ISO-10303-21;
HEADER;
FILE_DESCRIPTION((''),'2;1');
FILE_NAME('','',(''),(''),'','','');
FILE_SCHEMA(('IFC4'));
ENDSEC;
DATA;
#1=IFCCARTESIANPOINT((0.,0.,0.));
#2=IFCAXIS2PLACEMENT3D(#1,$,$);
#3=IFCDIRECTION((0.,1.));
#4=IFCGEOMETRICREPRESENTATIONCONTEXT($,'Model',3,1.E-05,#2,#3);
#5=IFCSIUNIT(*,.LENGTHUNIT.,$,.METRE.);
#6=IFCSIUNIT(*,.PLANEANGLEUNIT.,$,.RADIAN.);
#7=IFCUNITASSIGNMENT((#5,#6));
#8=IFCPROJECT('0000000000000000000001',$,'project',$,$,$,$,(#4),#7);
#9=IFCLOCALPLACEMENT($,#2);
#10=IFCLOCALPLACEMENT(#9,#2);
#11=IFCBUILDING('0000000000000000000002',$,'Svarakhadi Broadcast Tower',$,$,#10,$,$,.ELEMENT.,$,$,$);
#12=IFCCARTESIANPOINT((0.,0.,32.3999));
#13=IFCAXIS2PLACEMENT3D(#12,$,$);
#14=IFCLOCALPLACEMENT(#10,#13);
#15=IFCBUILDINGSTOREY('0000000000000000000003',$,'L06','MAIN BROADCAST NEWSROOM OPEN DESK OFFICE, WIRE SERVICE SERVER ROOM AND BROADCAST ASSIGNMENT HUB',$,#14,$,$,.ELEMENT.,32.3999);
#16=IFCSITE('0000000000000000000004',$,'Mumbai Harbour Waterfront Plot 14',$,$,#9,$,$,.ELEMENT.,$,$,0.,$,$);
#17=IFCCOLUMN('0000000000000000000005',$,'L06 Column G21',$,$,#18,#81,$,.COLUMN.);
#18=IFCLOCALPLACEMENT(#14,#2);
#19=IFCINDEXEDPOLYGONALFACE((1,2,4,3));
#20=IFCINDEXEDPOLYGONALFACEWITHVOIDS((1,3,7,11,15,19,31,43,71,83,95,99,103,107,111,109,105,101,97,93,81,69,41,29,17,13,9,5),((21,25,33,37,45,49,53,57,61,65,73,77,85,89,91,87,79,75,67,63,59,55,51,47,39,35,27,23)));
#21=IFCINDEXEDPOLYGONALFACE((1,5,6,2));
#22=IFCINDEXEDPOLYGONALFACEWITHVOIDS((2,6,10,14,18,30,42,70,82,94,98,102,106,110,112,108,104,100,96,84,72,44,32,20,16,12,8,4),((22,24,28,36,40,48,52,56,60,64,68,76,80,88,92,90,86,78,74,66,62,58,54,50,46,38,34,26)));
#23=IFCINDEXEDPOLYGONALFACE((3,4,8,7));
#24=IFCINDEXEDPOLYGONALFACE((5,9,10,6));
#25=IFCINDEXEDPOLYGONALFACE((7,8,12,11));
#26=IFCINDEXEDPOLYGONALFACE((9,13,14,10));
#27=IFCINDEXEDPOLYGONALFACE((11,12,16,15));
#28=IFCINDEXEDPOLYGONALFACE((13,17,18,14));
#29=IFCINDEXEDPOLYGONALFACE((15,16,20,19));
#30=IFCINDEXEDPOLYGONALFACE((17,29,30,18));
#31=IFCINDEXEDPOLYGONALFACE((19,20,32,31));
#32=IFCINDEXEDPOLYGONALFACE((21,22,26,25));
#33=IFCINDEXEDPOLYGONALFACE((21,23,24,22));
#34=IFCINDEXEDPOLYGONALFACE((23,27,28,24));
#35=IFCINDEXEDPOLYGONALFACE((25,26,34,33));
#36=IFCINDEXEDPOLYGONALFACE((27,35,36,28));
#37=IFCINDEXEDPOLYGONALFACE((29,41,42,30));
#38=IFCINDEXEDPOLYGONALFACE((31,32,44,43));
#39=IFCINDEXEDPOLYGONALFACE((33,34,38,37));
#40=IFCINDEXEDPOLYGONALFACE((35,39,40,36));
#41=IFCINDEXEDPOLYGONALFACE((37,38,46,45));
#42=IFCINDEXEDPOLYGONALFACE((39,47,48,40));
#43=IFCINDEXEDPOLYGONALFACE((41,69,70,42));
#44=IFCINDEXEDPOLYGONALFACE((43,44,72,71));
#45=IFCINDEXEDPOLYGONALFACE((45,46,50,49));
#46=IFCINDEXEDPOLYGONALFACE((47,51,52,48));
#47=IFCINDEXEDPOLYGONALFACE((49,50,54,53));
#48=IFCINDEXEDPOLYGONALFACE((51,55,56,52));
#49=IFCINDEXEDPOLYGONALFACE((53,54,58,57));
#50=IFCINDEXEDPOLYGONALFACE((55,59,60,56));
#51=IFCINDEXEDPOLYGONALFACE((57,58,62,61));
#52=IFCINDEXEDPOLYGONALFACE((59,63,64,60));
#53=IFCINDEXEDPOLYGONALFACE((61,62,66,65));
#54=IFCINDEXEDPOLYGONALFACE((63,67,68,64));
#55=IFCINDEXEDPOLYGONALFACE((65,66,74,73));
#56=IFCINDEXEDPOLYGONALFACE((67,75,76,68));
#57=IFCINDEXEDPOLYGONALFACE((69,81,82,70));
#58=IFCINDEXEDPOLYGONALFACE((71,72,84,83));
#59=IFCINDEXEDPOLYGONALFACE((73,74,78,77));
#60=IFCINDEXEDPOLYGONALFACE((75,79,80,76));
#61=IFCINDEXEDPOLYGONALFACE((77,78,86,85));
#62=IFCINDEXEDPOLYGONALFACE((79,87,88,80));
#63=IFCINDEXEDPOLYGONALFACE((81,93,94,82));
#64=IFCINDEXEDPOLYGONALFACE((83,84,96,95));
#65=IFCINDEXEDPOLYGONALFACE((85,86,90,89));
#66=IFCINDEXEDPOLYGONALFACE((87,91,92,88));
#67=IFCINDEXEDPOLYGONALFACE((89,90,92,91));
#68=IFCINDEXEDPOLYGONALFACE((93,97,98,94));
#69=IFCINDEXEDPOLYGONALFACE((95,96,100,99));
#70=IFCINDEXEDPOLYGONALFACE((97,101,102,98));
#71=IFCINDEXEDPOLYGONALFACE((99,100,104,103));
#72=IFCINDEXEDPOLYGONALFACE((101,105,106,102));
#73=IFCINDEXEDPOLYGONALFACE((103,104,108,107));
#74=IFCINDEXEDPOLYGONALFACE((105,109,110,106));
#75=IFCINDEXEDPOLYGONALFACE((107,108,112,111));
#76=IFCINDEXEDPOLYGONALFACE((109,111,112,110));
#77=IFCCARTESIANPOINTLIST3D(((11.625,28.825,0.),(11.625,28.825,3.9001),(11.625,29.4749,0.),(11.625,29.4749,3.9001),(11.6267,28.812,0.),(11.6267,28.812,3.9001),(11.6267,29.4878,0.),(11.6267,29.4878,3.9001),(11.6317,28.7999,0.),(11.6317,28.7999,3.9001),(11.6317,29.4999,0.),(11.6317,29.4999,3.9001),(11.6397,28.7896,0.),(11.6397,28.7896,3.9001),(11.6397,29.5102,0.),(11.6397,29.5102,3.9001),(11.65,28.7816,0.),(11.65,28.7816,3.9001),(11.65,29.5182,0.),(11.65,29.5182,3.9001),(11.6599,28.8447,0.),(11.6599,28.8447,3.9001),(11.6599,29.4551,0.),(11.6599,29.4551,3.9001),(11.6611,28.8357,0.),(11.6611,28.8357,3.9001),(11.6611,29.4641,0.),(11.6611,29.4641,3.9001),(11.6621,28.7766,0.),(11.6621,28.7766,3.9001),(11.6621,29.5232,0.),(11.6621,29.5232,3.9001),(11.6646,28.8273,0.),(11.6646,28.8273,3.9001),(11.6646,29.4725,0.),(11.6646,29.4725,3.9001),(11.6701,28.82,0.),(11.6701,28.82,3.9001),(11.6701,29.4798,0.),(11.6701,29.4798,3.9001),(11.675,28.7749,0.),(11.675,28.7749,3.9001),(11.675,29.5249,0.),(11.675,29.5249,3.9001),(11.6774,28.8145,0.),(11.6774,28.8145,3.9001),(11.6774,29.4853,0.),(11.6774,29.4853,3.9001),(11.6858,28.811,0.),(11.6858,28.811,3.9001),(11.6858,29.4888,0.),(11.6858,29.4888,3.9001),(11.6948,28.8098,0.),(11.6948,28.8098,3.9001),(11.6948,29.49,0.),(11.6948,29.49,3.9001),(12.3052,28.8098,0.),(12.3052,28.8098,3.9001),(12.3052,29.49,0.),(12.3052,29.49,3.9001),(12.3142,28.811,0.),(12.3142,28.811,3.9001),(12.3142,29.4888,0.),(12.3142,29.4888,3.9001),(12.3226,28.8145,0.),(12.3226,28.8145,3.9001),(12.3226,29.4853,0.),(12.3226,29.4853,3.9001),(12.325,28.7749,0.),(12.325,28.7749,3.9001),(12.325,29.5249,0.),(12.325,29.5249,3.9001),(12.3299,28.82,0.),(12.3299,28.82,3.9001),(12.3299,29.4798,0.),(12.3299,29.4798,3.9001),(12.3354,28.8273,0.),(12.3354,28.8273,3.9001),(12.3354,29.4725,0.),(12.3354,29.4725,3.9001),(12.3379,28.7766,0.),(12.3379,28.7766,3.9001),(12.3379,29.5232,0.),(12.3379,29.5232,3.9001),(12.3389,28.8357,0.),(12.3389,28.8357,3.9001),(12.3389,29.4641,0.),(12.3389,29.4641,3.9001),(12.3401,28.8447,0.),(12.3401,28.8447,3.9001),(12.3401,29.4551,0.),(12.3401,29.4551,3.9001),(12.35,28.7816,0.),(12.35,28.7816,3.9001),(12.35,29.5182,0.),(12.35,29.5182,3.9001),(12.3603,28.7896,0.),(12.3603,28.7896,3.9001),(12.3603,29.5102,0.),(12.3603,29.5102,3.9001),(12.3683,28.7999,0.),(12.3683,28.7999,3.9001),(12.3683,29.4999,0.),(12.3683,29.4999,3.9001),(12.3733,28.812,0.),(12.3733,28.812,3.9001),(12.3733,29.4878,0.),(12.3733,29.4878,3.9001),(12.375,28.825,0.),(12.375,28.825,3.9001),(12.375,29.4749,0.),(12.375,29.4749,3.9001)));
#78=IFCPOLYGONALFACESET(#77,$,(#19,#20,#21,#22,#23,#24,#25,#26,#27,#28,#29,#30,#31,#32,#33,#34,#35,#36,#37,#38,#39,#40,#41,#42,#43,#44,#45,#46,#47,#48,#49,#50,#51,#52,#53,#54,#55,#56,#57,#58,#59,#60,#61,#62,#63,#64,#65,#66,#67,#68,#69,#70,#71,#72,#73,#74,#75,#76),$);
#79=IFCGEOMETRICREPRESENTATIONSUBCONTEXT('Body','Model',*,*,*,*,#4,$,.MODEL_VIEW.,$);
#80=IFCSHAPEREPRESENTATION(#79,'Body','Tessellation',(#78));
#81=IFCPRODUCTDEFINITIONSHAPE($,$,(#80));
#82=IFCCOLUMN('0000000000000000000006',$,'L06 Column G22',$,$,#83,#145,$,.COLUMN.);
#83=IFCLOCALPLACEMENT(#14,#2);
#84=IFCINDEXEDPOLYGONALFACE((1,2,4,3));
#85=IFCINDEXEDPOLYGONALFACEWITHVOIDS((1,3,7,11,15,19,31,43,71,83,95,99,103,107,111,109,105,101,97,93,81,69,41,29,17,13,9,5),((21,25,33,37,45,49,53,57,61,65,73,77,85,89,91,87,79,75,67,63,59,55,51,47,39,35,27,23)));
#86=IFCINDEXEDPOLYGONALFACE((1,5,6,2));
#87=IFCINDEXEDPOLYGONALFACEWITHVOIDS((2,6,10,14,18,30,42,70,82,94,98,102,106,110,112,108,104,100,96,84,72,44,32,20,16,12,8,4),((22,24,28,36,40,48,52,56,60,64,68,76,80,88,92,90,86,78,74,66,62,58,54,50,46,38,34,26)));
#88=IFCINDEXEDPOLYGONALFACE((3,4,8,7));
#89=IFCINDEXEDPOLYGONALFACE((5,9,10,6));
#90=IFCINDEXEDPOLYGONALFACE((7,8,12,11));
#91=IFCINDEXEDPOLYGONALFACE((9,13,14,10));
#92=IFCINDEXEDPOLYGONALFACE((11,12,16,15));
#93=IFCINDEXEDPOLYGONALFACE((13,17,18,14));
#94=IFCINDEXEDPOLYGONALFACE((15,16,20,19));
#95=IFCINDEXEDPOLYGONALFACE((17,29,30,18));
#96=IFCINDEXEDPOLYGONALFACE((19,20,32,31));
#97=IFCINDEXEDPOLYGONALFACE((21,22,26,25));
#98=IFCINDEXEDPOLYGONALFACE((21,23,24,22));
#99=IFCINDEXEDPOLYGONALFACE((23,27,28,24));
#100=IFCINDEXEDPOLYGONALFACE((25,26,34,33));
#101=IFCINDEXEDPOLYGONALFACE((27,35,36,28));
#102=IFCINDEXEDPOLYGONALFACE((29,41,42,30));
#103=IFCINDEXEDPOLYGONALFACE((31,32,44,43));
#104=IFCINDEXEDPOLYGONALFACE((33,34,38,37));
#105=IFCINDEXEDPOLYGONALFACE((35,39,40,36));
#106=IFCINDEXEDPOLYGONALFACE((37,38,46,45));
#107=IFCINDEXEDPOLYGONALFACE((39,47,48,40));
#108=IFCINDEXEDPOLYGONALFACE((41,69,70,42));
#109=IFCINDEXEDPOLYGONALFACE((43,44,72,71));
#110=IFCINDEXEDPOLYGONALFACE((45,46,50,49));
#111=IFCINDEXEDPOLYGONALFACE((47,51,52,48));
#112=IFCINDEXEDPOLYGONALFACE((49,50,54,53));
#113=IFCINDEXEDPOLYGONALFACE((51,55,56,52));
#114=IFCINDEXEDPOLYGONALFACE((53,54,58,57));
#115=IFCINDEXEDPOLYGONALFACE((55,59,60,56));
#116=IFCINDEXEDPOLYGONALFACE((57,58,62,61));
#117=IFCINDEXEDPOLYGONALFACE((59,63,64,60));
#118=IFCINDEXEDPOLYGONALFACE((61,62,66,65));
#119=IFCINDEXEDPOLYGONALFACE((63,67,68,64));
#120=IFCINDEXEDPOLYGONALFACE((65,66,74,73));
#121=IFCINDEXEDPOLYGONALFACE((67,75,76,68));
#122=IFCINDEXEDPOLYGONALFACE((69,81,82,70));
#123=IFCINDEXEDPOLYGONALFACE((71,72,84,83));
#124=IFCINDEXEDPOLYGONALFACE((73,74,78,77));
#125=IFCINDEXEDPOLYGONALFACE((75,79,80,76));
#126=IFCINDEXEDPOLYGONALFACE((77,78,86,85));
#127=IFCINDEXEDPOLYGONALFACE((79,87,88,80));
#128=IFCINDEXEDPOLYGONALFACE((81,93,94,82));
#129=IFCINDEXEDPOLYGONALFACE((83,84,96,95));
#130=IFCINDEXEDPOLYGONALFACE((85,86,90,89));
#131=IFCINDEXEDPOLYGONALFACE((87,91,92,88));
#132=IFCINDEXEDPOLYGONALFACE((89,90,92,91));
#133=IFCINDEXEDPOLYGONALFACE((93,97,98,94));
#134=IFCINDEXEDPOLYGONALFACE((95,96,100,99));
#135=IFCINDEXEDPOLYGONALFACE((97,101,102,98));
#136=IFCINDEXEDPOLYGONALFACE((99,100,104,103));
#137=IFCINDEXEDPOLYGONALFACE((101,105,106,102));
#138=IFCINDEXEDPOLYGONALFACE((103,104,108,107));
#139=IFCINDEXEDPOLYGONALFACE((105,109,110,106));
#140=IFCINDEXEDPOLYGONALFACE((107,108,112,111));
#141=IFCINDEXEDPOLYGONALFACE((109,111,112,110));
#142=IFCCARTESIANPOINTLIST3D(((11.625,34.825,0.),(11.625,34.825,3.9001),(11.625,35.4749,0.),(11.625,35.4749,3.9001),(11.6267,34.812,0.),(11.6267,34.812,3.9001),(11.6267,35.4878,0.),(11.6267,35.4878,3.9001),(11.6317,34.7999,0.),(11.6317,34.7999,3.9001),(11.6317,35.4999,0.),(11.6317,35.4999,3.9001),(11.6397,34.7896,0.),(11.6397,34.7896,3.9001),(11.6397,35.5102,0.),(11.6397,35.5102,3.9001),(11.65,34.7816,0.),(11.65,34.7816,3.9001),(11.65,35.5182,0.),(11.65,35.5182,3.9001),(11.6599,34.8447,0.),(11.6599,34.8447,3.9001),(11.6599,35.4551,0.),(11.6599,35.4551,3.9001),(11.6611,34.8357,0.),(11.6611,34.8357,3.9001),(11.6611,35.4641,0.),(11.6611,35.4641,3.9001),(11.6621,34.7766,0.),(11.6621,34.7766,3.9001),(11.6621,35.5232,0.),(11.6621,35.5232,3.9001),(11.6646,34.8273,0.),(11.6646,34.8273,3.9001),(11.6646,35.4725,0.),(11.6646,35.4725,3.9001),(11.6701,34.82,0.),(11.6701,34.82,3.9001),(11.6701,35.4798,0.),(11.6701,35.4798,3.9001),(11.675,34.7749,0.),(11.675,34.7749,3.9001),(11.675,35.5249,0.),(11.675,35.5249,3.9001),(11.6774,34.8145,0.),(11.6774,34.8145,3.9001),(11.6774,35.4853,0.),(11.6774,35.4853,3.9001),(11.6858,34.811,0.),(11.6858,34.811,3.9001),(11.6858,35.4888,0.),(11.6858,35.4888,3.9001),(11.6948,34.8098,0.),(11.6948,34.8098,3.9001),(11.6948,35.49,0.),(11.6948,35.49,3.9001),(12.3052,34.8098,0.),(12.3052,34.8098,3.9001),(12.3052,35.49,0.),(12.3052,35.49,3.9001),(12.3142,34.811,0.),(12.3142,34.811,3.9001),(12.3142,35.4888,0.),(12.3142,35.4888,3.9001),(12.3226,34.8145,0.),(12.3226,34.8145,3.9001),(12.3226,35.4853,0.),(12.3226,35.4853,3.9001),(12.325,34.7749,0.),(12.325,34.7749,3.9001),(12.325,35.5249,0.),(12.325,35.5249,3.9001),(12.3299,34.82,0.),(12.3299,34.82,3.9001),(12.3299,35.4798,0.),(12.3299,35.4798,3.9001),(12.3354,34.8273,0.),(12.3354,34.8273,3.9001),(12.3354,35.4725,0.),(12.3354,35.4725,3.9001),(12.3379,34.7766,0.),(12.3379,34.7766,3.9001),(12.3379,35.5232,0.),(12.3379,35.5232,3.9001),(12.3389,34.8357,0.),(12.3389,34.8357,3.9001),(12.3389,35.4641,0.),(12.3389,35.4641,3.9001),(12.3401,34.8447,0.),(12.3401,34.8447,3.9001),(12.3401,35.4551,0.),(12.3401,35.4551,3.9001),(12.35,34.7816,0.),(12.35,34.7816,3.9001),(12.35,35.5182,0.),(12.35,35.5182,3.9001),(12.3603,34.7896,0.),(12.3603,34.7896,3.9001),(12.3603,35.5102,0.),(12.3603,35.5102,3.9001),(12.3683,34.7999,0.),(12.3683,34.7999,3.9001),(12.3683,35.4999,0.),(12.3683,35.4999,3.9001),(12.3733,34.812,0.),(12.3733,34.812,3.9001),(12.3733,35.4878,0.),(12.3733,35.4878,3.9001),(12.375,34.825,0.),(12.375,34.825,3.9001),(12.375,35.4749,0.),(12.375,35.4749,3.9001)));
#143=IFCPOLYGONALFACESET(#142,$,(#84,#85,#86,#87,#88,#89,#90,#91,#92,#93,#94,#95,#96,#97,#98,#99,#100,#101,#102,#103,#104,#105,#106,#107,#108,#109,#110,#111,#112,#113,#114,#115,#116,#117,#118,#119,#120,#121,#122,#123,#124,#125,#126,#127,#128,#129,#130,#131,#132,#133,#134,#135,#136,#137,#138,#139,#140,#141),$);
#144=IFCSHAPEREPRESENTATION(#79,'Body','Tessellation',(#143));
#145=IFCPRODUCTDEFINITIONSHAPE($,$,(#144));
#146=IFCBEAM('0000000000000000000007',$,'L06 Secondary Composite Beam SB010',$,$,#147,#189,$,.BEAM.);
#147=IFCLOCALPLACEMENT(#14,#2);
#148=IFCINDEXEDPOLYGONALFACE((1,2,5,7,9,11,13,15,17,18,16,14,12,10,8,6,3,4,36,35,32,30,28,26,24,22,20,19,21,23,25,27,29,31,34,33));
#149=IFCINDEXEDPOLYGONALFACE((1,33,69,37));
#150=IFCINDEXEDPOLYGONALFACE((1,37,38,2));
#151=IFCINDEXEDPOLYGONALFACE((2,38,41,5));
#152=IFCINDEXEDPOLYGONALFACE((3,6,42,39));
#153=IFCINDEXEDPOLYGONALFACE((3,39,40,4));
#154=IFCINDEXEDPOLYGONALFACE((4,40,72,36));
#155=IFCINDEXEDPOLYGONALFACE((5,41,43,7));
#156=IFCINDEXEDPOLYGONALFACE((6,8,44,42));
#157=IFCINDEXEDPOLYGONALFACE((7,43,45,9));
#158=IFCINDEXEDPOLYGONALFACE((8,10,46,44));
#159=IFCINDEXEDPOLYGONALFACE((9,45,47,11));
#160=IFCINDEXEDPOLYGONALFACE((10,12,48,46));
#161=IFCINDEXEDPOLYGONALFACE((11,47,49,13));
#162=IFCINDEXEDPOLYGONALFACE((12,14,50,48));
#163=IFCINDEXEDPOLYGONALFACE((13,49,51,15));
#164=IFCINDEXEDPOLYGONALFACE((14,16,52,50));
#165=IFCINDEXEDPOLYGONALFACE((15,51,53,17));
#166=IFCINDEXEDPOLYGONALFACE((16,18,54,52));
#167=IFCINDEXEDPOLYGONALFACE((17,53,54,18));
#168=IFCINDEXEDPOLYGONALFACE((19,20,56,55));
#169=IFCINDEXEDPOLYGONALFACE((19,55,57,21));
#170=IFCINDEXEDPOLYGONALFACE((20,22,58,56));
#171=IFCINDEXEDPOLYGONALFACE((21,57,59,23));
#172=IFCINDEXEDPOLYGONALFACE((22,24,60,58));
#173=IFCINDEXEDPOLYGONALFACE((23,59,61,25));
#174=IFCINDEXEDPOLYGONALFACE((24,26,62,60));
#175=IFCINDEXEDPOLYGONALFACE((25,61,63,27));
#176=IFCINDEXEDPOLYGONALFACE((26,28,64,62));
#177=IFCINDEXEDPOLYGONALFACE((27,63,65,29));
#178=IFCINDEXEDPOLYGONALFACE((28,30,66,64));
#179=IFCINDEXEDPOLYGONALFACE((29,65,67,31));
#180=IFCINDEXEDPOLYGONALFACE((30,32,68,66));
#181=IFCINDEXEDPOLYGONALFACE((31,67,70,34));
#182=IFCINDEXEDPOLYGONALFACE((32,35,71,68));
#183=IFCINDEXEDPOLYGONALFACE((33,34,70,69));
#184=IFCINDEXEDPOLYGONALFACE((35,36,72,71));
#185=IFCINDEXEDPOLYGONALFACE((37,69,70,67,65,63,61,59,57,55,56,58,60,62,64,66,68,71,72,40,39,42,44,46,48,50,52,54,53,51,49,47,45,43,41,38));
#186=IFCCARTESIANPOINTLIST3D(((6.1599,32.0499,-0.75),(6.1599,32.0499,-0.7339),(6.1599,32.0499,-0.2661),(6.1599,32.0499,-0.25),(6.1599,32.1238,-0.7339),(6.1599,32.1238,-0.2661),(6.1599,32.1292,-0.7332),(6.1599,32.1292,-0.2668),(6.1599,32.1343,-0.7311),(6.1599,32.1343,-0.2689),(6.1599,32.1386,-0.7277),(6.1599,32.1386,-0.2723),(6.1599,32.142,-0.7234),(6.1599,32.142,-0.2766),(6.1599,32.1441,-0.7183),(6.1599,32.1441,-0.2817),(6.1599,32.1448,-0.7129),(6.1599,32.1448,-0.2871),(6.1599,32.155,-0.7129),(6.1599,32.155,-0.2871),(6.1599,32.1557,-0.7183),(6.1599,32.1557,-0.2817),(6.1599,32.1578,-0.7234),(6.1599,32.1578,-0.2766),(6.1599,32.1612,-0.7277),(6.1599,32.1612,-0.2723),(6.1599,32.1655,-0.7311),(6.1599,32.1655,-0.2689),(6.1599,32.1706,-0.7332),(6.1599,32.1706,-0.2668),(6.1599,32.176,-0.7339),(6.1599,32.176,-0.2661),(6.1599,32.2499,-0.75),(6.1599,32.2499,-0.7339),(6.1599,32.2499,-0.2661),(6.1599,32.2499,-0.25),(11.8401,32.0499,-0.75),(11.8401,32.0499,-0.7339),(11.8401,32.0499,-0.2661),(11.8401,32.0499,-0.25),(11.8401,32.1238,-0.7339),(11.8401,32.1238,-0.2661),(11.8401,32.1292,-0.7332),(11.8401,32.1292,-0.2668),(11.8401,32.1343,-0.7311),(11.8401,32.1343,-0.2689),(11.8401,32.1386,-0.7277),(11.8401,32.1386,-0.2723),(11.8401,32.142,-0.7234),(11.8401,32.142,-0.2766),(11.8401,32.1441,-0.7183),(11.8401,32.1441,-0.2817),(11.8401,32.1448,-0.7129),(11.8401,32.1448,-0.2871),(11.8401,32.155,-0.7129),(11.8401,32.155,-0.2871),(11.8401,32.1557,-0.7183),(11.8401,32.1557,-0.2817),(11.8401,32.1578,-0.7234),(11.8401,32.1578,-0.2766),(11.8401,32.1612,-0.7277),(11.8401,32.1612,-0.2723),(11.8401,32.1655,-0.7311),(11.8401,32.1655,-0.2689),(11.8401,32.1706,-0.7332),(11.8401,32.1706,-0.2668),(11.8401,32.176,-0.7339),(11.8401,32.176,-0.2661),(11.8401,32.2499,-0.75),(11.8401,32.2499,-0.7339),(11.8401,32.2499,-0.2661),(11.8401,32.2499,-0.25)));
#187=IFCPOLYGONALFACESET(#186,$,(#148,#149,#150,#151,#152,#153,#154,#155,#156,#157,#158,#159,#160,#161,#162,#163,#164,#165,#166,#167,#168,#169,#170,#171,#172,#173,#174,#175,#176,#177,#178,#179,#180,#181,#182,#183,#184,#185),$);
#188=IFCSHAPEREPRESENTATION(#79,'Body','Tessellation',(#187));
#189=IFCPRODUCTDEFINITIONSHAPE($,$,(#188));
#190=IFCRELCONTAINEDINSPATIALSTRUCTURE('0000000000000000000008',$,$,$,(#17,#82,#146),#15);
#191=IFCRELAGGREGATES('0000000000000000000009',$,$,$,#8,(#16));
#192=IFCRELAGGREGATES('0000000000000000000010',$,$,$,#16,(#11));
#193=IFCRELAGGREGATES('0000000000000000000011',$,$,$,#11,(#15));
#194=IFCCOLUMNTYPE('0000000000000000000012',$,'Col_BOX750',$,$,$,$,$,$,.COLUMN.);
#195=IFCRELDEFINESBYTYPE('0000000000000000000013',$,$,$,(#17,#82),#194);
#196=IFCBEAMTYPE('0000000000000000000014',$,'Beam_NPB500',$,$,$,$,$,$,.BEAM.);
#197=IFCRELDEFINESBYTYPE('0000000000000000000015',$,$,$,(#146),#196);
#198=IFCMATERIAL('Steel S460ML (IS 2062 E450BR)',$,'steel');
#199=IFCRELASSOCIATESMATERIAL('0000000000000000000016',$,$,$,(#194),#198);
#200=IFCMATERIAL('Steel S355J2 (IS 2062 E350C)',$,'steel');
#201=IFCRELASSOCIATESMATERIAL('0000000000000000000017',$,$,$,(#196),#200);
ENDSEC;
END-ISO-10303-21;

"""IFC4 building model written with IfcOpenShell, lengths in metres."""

from ifc_helpers import new_model, si_unit, direction, frame, origin, origin_2d, place, context, subcontext, project, spatial, hollow_rectangle, i_section, extrude, material, material_profile, profile_set, type_object, element, save


model = new_model("IFC4")

# Units and contexts
model_context = context("Model", 3, precision=1e-05, world=origin(), true_north=direction((0.0, 1.0)))
body_context = subcontext(model_context, "Body", "Model", "MODEL_VIEW")
ifc_project = project(units=[si_unit("LENGTHUNIT", "METRE"), si_unit("PLANEANGLEUNIT", "RADIAN")], contexts=[model_context])

# Site, building, storey
site_placement = place(None, origin())
site = spatial("IfcSite", under=ifc_project, at=site_placement, Name="Mumbai Harbour Waterfront Plot 14", CompositionType="ELEMENT", RefElevation=0.0)
building_placement = place(site_placement, origin())
building = spatial("IfcBuilding", under=site, at=building_placement, Name="Svarakhadi Broadcast Tower", CompositionType="ELEMENT")
storey_placement = place(building_placement, frame((0.0, 0.0, 32.3999)))
storey = spatial("IfcBuildingStorey", under=building, at=storey_placement, Name="L06", Description="MAIN BROADCAST NEWSROOM OPEN DESK OFFICE, WIRE SERVICE SERVER ROOM AND BROADCAST ASSIGNMENT HUB", CompositionType="ELEMENT", Elevation=32.3999)

# Columns
ifc_material_1 = material(Name="Steel S460ML (IS 2062 E450BR)", Category="steel")
ifc_material_profile_1 = material_profile(ifc_material_1, hollow_rectangle(XDim=0.75, YDim=0.75, WallThickness=0.0349, InnerFilletRadius=0.0349, OuterFilletRadius=0.05, at=origin_2d()), Name="BOX 750x750x35")
ifc_profile_set_1 = profile_set([ifc_material_profile_1], Name="Steel S460ML (IS 2062 E450BR)")
column_type = type_object("IfcColumnType", Name="Col_BOX750", PredefinedType="COLUMN", material=ifc_profile_set_1)
for number, where, z_axis, x_axis, name in (
    (1, (12.0, 29.1499, 0.0), (0.0, 0.0, 1.0), (1.0, 0.0, 0.0), "L06 Column G21"),
    (2, (12.0, 35.1499, 0.0), (0.0, 0.0, 1.0), (1.0, 0.0, 0.0), "L06 Column G22"),
):
    element("IfcColumn", number, at=place(storey_placement, frame(where, z_axis=z_axis, x_axis=x_axis)), inside=storey, type_object=column_type, Name=name, PredefinedType="COLUMN", context=body_context, shape_type="SweptSolid", body=[
        extrude(hollow_rectangle(XDim=0.75, YDim=0.75, WallThickness=0.0349, InnerFilletRadius=0.0349, OuterFilletRadius=0.05, at=origin_2d()), origin(), (0.0, 0.0, 1.0), 3.9001),
    ])

# Beam
ifc_material_2 = material(Name="Steel S355J2 (IS 2062 E350C)", Category="steel")
ifc_material_profile_2 = material_profile(ifc_material_2, i_section(OverallWidth=0.2, OverallDepth=0.5, WebThickness=0.0103, FlangeThickness=0.0161, FilletRadius=0.021, at=origin_2d()), Name="NPB 500x200x91")
ifc_profile_set_2 = profile_set([ifc_material_profile_2], Name="Steel S355J2 (IS 2062 E350C)")
beam_type_1 = type_object("IfcBeamType", Name="Beam_NPB500", PredefinedType="BEAM", material=ifc_profile_set_2)
beam_placement = place(storey_placement, frame((6.1599, 32.1499, -0.5), z_axis=(1.0, 0.0, 0.0), x_axis=(0.0, 1.0, 0.0)))
element("IfcBeam", 3, at=beam_placement, inside=storey, type_object=beam_type_1, Name="L06 Secondary Composite Beam SB010", PredefinedType="BEAM", context=body_context, shape_type="SweptSolid", body=[
    extrude(i_section(OverallWidth=0.2, OverallDepth=0.5, WebThickness=0.0103, FlangeThickness=0.0161, FilletRadius=0.021, at=origin_2d()), origin(), (0.0, 0.0, 1.0), 5.6802),
])

save(model, "model.ifc")
